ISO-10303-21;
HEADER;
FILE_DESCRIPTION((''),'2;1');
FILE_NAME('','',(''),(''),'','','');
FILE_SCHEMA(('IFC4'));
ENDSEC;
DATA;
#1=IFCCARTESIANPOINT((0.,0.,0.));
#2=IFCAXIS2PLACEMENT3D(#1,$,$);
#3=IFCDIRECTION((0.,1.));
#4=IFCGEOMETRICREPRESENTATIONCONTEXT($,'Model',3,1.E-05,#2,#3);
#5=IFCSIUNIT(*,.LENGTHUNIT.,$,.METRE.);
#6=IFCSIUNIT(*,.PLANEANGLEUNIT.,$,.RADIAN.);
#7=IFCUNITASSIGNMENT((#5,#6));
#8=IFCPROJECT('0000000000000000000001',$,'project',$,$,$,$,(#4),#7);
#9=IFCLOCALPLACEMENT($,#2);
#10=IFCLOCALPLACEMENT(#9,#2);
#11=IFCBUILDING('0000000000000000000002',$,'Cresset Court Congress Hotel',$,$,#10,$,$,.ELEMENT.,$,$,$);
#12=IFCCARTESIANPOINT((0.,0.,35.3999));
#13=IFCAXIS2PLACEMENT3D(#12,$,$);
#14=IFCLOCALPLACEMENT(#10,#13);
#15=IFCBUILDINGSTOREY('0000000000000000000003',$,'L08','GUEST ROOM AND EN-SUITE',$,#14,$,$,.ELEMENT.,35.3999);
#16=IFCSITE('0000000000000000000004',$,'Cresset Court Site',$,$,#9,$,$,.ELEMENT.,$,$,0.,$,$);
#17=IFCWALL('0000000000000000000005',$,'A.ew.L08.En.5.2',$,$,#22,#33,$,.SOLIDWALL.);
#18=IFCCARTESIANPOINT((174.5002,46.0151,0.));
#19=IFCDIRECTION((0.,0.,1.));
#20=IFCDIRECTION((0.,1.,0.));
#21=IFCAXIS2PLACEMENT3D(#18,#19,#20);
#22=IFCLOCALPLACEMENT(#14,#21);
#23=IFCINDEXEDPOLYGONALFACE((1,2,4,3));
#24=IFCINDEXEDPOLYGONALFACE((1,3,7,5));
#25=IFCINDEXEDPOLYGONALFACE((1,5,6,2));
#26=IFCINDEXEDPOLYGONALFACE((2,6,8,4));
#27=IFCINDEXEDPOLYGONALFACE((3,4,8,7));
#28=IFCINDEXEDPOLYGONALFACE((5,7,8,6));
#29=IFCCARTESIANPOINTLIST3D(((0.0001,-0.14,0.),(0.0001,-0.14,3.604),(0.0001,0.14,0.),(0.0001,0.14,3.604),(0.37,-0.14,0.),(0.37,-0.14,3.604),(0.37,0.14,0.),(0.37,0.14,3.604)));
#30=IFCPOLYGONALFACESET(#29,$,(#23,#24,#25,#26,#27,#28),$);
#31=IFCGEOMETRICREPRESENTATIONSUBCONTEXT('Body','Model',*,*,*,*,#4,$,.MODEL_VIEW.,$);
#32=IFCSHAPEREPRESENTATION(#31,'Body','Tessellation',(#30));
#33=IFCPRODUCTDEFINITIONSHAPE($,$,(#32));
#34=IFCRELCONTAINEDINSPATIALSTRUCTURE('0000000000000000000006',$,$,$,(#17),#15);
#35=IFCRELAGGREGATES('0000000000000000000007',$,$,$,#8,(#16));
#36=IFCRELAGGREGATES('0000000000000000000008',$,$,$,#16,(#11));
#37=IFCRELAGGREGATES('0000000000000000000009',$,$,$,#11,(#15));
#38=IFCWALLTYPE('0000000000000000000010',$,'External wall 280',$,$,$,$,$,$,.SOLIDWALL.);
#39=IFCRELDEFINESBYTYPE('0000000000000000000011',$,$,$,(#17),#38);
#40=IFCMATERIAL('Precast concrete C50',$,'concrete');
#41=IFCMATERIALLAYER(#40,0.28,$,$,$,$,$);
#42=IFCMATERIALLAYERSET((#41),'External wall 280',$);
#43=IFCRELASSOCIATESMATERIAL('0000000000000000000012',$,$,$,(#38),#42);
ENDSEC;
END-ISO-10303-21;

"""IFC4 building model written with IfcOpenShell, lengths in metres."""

from ifc_helpers import new_model, si_unit, direction, frame, frame_2d, origin, place, context, subcontext, project, spatial, rectangle, extrude, material, layer, layer_set, type_object, element, save


model = new_model("IFC4")

# Units and contexts
model_context = context("Model", 3, precision=1e-05, world=origin(), true_north=direction((0.0, 1.0)))
body_context = subcontext(model_context, "Body", "Model", "MODEL_VIEW")
ifc_project = project(units=[si_unit("LENGTHUNIT", "METRE"), si_unit("PLANEANGLEUNIT", "RADIAN")], contexts=[model_context])

# Site, building, storey
site_placement = place(None, origin())
site = spatial("IfcSite", under=ifc_project, at=site_placement, Name="Cresset Court Site", CompositionType="ELEMENT", RefElevation=0.0)
building_placement = place(site_placement, origin())
building = spatial("IfcBuilding", under=site, at=building_placement, Name="Cresset Court Congress Hotel", CompositionType="ELEMENT")
storey_placement = place(building_placement, frame((0.0, 0.0, 35.3999)))
storey = spatial("IfcBuildingStorey", under=building, at=storey_placement, Name="L08", Description="GUEST ROOM AND EN-SUITE", CompositionType="ELEMENT", Elevation=35.3999)

# Shared definitions
ifc_material_1 = material(Name="Precast concrete C50", Category="concrete")
ifc_layer_1 = layer(ifc_material_1, 0.28)
ifc_layer_set_1 = layer_set([ifc_layer_1], Name="External wall 280")
wall_type_1 = type_object("IfcWallType", Name="External wall 280", PredefinedType="SOLIDWALL", material=ifc_layer_set_1)

# Wall
wall_1_placement = place(storey_placement, frame((174.5002, 46.0151, 0.0), z_axis=(0.0, 0.0, 1.0), x_axis=(0.0, 1.0, 0.0)))
element("IfcWall", 1, at=wall_1_placement, inside=storey, type_object=wall_type_1, Name="A.ew.L08.En.5.2", PredefinedType="SOLIDWALL", context=body_context, shape_type="SweptSolid", body=[
    extrude(rectangle(XDim=0.3699, YDim=0.28, at=frame_2d((0.1851, 0.0))), origin(), (0.0, 0.0, 1.0), 3.604),
])

save(model, "model.ifc")
